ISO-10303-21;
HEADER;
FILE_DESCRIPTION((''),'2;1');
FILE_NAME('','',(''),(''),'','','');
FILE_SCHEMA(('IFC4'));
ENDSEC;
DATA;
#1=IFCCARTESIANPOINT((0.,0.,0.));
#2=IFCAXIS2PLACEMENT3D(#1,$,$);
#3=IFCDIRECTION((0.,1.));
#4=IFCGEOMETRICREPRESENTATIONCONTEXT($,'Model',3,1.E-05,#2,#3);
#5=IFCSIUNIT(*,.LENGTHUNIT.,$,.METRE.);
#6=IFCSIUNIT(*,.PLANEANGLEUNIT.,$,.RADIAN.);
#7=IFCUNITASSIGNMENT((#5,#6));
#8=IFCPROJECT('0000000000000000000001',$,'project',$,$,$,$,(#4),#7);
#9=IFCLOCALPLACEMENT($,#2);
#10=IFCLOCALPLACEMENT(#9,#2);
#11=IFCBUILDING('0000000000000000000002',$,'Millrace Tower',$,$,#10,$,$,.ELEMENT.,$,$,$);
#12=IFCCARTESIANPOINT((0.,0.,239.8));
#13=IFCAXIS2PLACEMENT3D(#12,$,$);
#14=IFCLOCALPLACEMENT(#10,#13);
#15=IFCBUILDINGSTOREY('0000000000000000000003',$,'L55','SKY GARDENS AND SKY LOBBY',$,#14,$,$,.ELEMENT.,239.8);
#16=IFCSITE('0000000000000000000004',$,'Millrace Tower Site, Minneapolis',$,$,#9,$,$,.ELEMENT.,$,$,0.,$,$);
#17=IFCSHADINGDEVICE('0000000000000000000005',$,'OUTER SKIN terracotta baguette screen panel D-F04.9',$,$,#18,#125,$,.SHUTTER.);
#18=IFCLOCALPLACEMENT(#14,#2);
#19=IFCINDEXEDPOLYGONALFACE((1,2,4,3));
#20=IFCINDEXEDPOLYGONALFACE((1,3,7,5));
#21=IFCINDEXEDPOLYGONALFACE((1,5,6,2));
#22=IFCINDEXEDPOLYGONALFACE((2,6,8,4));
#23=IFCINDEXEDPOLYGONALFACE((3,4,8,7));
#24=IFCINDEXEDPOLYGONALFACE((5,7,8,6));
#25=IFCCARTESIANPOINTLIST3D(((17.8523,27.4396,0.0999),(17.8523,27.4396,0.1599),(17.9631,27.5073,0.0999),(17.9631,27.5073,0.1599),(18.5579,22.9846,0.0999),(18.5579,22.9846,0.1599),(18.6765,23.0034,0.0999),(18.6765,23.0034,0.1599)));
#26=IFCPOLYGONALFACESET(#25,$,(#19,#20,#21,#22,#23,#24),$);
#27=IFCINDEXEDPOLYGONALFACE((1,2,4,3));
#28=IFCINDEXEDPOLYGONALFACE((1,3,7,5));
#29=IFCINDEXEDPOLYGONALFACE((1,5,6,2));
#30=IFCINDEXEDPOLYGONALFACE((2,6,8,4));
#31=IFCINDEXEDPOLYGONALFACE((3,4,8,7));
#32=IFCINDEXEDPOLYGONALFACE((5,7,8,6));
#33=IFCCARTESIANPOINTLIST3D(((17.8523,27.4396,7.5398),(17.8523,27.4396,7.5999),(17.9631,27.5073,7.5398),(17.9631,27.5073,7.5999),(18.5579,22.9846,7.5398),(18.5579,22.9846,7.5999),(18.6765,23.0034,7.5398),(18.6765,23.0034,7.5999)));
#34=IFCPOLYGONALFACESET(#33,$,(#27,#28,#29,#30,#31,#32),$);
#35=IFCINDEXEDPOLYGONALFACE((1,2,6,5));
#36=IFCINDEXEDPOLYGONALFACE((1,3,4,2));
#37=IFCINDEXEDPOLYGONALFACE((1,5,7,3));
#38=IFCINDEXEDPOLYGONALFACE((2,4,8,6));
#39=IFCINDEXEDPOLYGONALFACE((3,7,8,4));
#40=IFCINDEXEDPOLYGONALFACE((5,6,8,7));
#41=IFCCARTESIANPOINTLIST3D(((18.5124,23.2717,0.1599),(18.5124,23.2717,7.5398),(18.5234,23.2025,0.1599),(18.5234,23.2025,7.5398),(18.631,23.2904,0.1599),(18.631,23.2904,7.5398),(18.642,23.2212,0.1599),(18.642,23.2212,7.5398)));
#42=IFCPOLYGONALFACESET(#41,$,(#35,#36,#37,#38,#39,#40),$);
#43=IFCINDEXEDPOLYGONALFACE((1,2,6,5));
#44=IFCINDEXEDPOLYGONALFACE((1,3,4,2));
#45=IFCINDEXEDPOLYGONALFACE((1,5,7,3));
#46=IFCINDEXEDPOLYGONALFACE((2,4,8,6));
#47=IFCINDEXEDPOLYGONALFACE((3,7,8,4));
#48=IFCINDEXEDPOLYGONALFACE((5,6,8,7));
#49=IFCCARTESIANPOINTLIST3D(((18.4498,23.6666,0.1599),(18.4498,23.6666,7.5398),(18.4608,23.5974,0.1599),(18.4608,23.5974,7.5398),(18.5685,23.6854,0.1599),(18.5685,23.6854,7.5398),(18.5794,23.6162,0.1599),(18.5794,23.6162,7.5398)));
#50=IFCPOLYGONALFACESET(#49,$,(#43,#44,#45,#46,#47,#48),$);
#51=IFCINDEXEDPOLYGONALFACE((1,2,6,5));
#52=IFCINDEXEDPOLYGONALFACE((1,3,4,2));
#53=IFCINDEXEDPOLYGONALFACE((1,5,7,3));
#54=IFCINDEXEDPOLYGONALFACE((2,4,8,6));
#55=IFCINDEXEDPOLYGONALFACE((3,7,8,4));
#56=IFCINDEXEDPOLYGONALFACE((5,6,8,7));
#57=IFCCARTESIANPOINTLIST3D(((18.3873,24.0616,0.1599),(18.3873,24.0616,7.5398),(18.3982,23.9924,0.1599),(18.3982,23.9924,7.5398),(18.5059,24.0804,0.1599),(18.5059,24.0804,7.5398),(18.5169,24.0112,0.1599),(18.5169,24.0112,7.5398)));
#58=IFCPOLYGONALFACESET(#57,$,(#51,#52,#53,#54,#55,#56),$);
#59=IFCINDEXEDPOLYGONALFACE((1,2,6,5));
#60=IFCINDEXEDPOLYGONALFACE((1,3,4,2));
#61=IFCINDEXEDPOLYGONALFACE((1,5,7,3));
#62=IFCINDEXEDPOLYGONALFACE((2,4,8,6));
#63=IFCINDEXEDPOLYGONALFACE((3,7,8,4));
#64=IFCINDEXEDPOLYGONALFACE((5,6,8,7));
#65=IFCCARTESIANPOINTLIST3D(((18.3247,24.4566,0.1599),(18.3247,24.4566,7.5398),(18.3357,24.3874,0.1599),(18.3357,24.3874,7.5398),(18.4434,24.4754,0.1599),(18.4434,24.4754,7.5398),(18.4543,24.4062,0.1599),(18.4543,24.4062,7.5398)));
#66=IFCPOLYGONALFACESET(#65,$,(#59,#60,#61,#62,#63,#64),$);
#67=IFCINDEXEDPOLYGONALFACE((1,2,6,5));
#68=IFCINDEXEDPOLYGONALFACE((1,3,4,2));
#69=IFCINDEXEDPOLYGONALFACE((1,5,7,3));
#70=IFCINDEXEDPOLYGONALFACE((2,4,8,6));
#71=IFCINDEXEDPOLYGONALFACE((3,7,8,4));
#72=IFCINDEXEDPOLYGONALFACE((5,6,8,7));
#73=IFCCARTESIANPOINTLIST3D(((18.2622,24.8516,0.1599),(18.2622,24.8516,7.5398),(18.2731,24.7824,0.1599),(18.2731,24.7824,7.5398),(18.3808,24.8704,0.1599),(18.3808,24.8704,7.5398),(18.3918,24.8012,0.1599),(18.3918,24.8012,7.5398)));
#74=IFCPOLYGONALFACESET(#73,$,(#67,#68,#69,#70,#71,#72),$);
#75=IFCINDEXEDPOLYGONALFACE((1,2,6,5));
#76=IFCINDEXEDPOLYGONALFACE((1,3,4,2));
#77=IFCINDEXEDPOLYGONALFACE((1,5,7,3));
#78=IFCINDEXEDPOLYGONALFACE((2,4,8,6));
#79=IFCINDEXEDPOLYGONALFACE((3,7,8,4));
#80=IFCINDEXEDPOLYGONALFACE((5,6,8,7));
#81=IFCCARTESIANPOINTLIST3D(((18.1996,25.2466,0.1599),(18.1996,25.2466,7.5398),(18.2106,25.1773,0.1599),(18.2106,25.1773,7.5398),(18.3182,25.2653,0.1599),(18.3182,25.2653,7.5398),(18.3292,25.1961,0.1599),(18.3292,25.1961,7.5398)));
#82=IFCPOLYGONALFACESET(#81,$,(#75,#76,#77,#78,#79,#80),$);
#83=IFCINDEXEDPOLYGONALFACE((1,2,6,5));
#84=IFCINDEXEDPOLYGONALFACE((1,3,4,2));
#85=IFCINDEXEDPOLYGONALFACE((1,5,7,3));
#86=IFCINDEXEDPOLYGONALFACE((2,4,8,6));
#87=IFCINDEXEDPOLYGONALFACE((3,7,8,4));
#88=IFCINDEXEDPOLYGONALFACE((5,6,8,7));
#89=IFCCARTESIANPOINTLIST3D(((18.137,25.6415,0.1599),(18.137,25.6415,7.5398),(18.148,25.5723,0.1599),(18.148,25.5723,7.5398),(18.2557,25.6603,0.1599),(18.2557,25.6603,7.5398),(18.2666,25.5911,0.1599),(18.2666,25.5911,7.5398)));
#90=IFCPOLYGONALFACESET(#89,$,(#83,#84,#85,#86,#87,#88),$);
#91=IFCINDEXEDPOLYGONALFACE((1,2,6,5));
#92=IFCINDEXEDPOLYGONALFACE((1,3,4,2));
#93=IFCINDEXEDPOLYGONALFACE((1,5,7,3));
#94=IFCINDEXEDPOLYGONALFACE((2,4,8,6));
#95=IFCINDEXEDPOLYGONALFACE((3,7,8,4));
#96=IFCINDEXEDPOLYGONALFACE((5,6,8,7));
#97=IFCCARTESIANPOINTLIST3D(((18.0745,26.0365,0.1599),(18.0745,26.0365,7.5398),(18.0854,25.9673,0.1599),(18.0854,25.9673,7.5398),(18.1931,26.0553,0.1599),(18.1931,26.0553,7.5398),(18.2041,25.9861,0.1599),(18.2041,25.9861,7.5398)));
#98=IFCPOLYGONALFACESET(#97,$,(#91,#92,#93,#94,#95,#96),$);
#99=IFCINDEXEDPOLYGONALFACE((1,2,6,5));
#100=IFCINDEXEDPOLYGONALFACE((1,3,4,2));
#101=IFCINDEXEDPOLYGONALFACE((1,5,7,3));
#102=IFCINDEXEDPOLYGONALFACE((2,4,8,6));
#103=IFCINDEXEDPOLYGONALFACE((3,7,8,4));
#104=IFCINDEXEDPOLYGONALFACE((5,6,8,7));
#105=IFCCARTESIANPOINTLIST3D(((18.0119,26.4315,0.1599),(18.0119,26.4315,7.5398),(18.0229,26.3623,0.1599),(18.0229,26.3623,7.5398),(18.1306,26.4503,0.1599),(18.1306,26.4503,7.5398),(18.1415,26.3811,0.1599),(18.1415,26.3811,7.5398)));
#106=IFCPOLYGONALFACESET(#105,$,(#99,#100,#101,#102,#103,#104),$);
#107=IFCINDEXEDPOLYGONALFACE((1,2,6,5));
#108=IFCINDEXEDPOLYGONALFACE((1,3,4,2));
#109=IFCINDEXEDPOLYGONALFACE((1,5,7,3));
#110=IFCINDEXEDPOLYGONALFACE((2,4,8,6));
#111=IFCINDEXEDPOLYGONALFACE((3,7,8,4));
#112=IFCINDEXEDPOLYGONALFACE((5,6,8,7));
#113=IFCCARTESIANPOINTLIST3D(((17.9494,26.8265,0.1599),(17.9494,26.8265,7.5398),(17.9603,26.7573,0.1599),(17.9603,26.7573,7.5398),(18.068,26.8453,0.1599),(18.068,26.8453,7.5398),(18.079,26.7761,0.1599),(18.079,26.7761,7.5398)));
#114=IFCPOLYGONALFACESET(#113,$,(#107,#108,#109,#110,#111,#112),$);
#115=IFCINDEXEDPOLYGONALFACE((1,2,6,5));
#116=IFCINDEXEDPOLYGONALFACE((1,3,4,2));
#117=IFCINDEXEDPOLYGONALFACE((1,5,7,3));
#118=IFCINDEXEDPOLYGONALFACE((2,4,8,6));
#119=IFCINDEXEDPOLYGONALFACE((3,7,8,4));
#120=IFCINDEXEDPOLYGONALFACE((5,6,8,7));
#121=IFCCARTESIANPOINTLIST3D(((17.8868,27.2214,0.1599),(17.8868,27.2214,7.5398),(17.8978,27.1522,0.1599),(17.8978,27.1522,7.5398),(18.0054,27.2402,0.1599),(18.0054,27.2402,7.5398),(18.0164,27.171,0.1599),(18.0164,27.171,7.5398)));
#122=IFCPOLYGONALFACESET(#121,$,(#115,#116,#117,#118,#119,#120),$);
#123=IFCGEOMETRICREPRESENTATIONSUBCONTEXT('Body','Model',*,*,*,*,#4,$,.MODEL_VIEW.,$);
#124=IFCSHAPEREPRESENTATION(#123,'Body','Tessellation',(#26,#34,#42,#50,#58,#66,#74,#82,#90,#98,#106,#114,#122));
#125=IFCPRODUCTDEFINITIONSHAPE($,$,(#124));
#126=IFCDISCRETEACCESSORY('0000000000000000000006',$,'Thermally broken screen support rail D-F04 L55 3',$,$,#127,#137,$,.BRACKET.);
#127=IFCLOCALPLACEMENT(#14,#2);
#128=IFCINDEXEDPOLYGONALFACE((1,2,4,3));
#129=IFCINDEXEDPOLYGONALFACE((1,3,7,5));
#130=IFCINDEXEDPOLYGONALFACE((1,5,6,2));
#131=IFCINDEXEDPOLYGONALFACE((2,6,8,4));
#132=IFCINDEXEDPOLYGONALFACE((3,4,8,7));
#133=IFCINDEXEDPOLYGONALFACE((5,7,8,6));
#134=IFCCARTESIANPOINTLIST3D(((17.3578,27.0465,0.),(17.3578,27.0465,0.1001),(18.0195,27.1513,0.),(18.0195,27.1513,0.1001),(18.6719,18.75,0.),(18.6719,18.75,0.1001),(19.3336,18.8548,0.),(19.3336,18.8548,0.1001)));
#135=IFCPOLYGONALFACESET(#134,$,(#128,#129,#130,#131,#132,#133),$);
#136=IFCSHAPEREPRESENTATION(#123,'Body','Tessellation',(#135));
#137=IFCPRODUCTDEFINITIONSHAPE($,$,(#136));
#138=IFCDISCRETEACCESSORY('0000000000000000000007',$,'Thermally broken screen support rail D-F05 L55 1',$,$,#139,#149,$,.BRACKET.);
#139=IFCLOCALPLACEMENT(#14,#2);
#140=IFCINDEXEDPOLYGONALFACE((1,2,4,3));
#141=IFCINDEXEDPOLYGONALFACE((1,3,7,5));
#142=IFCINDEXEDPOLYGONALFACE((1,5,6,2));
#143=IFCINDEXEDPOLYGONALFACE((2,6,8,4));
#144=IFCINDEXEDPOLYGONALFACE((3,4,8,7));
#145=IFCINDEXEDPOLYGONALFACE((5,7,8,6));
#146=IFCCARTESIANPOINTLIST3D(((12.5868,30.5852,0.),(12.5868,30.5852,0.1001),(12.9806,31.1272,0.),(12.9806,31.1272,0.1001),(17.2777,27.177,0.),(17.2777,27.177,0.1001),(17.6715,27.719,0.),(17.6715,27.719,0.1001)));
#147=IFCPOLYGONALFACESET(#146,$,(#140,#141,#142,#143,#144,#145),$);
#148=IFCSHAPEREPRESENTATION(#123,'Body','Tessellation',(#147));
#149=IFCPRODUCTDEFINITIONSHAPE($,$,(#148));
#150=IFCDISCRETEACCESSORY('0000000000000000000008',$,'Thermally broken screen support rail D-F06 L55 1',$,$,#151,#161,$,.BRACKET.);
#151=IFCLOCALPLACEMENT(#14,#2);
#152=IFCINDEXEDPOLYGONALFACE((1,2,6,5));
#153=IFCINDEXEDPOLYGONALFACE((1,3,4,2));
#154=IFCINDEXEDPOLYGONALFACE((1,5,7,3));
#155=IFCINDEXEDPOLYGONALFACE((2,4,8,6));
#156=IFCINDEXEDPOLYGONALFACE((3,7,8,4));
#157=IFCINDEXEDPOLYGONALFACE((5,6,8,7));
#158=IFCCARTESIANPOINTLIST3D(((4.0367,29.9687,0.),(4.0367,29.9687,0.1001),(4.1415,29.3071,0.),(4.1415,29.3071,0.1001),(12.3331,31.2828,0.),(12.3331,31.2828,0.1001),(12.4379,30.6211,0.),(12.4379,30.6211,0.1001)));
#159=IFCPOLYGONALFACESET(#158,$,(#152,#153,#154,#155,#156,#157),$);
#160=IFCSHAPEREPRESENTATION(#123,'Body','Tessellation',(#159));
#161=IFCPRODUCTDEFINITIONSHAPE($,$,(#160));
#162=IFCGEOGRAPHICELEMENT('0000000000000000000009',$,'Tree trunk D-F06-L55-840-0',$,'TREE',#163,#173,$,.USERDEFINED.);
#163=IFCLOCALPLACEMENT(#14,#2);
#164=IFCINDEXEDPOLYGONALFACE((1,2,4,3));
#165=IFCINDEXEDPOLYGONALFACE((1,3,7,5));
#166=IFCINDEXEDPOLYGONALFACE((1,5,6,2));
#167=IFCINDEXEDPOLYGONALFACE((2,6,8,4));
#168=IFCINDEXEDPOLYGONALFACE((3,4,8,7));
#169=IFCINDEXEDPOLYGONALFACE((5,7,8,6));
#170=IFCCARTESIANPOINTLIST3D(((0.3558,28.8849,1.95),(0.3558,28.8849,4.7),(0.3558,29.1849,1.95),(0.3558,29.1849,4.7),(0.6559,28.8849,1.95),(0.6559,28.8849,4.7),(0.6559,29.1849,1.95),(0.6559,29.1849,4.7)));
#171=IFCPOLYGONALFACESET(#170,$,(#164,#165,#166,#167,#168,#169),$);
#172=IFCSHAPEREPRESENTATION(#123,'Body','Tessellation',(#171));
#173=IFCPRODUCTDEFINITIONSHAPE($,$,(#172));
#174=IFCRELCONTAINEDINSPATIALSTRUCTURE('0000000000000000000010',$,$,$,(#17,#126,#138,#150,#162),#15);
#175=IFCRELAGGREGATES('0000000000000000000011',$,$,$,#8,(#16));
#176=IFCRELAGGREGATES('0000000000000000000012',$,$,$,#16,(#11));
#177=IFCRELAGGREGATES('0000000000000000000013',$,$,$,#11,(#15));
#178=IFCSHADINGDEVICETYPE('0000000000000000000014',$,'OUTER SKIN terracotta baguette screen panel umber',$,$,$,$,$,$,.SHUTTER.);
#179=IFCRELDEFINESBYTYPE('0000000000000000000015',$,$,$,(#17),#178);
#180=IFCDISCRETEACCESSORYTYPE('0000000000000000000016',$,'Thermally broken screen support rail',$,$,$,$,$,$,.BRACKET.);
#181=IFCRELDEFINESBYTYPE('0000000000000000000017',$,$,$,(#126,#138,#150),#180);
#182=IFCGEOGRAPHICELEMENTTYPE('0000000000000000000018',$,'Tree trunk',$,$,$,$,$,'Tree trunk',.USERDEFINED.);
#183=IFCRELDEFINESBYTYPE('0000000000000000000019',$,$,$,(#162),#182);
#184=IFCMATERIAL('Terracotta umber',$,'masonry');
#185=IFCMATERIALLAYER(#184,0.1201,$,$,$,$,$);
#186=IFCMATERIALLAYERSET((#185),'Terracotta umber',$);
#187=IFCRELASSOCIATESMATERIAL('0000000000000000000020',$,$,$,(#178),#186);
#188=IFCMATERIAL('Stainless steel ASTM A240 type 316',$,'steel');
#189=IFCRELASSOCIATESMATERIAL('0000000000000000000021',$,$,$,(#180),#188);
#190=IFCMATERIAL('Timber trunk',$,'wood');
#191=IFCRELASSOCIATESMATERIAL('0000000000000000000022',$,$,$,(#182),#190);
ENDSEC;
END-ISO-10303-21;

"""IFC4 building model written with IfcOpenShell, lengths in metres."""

from ifc_helpers import new_model, entity, si_unit, direction, frame, frame_2d, origin, origin_2d, place, context, subcontext, project, spatial, rectangle, extrude, source, transform, mapped, material, layer, layer_set, type_object, element, save


model = new_model("IFC4")

# Units and contexts
model_context = context("Model", 3, precision=1e-05, world=origin(), true_north=direction((0.0, 1.0)))
body_context = subcontext(model_context, "Body", "Model", "MODEL_VIEW")
ifc_project = project(units=[si_unit("LENGTHUNIT", "METRE"), si_unit("PLANEANGLEUNIT", "RADIAN")], contexts=[model_context])

# Site, building, storey
site_placement = place(None, origin())
site = spatial("IfcSite", under=ifc_project, at=site_placement, Name="Millrace Tower Site, Minneapolis", CompositionType="ELEMENT", RefElevation=0.0)
building_placement = place(site_placement, origin())
building = spatial("IfcBuilding", under=site, at=building_placement, Name="Millrace Tower", CompositionType="ELEMENT")
storey_placement = place(building_placement, frame((0.0, 0.0, 239.8)))
storey = spatial("IfcBuildingStorey", under=building, at=storey_placement, Name="L55", Description="SKY GARDENS AND SKY LOBBY", CompositionType="ELEMENT", Elevation=239.8)

# Shading device
ifc_material_1 = material(Name="Terracotta umber", Category="masonry")
ifc_layer_1 = layer(ifc_material_1, 0.1201)
ifc_layer_set_1 = layer_set([ifc_layer_1], Name="Terracotta umber")
shading_device_type = type_object("IfcShadingDeviceType", Name="OUTER SKIN terracotta baguette screen panel umber", PredefinedType="SHUTTER", material=ifc_layer_set_1)
cartesian_point_1 = entity("IfcCartesianPoint", [-2.2676, 0.0601])
shared_polyline_1 = entity("IfcPolyline", [cartesian_point_1, entity("IfcCartesianPoint", [2.2429, 0.0601]), entity("IfcCartesianPoint", [2.2925, -0.0601]), entity("IfcCartesianPoint", [-2.2676, -0.0601]), cartesian_point_1])
shared_shape_1 = source(origin(), body_context, "Body", "SweptSolid", [
    entity("IfcExtrudedAreaSolid", entity("IfcArbitraryClosedProfileDef", "AREA", None, shared_polyline_1), entity("IfcAxis2Placement3D", entity("IfcCartesianPoint", [0.0, 0.0, 0.0])), entity("IfcDirection", [0.0, 0.0, 1.0]), 0.0601),
    entity("IfcExtrudedAreaSolid", entity("IfcArbitraryClosedProfileDef", "AREA", None, shared_polyline_1), entity("IfcAxis2Placement3D", entity("IfcCartesianPoint", [0.0, 0.0, 7.4399])), entity("IfcDirection", [0.0, 0.0, 1.0]), 0.0601),
    extrude(rectangle(XDim=0.0701, YDim=0.1201, at=frame_2d((-2.012, 0.0))), frame((0.0, 0.0, 0.0601)), (0.0, 0.0, 1.0), 7.3799),
    extrude(rectangle(XDim=0.0701, YDim=0.1201, at=frame_2d((-1.6121, 0.0))), frame((0.0, 0.0, 0.0601)), (0.0, 0.0, 1.0), 7.3799),
    extrude(rectangle(XDim=0.0701, YDim=0.1201, at=frame_2d((-1.2122, 0.0))), frame((0.0, 0.0, 0.0601)), (0.0, 0.0, 1.0), 7.3799),
    extrude(rectangle(XDim=0.0701, YDim=0.1201, at=frame_2d((-0.8123, 0.0))), frame((0.0, 0.0, 0.0601)), (0.0, 0.0, 1.0), 7.3799),
    extrude(rectangle(XDim=0.0701, YDim=0.1201, at=frame_2d((-0.4124, 0.0))), frame((0.0, 0.0, 0.0601)), (0.0, 0.0, 1.0), 7.3799),
    extrude(rectangle(XDim=0.0701, YDim=0.1201, at=frame_2d((-0.0125, 0.0))), frame((0.0, 0.0, 0.0601)), (0.0, 0.0, 1.0), 7.3799),
    extrude(rectangle(XDim=0.0701, YDim=0.1201, at=frame_2d((0.3875, 0.0))), frame((0.0, 0.0, 0.0601)), (0.0, 0.0, 1.0), 7.3799),
    extrude(rectangle(XDim=0.0701, YDim=0.1201, at=frame_2d((0.7874, 0.0))), frame((0.0, 0.0, 0.0601)), (0.0, 0.0, 1.0), 7.3799),
    extrude(rectangle(XDim=0.0701, YDim=0.1201, at=frame_2d((1.1873, 0.0))), frame((0.0, 0.0, 0.0601)), (0.0, 0.0, 1.0), 7.3799),
    extrude(rectangle(XDim=0.0701, YDim=0.1201, at=frame_2d((1.5872, 0.0))), frame((0.0, 0.0, 0.0601)), (0.0, 0.0, 1.0), 7.3799),
    extrude(rectangle(XDim=0.0701, YDim=0.1201, at=frame_2d((1.9871, 0.0))), frame((0.0, 0.0, 0.0601)), (0.0, 0.0, 1.0), 7.3799),
])
shading_device_1_placement = place(storey_placement, frame((18.2625, 25.2336, 0.0999), z_axis=(0.0, 0.0, 1.0), x_axis=(-0.156434, 0.987688, 0.0)))
element("IfcShadingDevice", 1, at=shading_device_1_placement, inside=storey, type_object=shading_device_type, Name="OUTER SKIN terracotta baguette screen panel D-F04.9", PredefinedType="SHUTTER", context=body_context, shape_type="MappedRepresentation", body=[
    mapped(shared_shape_1, transform((0.0, 0.0, 0.0), scale=1.0)),
])

# Discrete accessories
ifc_material_2 = material(Name="Stainless steel ASTM A240 type 316", Category="steel")
discrete_accessory_type = type_object("IfcDiscreteAccessoryType", Name="Thermally broken screen support rail", PredefinedType="BRACKET", material=ifc_material_2)
discrete_accessory_1_placement = place(storey_placement, frame((18.3457, 22.9507, 0.0), z_axis=(0.0, 0.0, 1.0), x_axis=(-0.156434, 0.987688, 0.0)))
element("IfcDiscreteAccessory", 2, at=discrete_accessory_1_placement, inside=storey, type_object=discrete_accessory_type, Name="Thermally broken screen support rail D-F04 L55 3", PredefinedType="BRACKET", context=body_context, shape_type="SweptSolid", body=[
    extrude(rectangle(XDim=8.3999, YDim=0.6699, at=origin_2d()), origin(), (0.0, 0.0, 1.0), 0.1001),
])
discrete_accessory_2_placement = place(storey_placement, frame((15.1292, 29.1521, 0.0), z_axis=(0.0, 0.0, 1.0), x_axis=(-0.809017, 0.587785, 0.0)))
element("IfcDiscreteAccessory", 3, at=discrete_accessory_2_placement, inside=storey, type_object=discrete_accessory_type, Name="Thermally broken screen support rail D-F05 L55 1", PredefinedType="BRACKET", context=body_context, shape_type="SweptSolid", body=[
    extrude(rectangle(XDim=5.7983, YDim=0.6699, at=origin_2d()), origin(), (0.0, 0.0, 1.0), 0.1001),
])
discrete_accessory_3_placement = place(storey_placement, frame((8.2373, 30.2949, 0.0), z_axis=(0.0, 0.0, 1.0), x_axis=(-0.987688, -0.156434, 0.0)))
element("IfcDiscreteAccessory", 4, at=discrete_accessory_3_placement, inside=storey, type_object=discrete_accessory_type, Name="Thermally broken screen support rail D-F06 L55 1", PredefinedType="BRACKET", context=body_context, shape_type="SweptSolid", body=[
    extrude(rectangle(XDim=8.3999, YDim=0.6699, at=origin_2d()), origin(), (0.0, 0.0, 1.0), 0.1001),
])

# Geographic element
ifc_material_3 = material(Name="Timber trunk", Category="wood")
geographic_element_type = type_object("IfcGeographicElementType", Name="Tree trunk", ElementType="Tree trunk", PredefinedType="USERDEFINED", material=ifc_material_3)
geographic_element_placement = place(storey_placement, frame((0.5059, 29.0349, 1.95), z_axis=(0.0, 0.0, 1.0), x_axis=(1.0, 0.0, 0.0)))
element("IfcGeographicElement", 5, at=geographic_element_placement, inside=storey, type_object=geographic_element_type, Name="Tree trunk D-F06-L55-840-0", ObjectType="TREE", PredefinedType="USERDEFINED", context=body_context, shape_type="SweptSolid", body=[
    extrude(rectangle(XDim=0.3, YDim=0.3, at=origin_2d()), origin(), (0.0, 0.0, 1.0), 2.75),
])

save(model, "model.ifc")
